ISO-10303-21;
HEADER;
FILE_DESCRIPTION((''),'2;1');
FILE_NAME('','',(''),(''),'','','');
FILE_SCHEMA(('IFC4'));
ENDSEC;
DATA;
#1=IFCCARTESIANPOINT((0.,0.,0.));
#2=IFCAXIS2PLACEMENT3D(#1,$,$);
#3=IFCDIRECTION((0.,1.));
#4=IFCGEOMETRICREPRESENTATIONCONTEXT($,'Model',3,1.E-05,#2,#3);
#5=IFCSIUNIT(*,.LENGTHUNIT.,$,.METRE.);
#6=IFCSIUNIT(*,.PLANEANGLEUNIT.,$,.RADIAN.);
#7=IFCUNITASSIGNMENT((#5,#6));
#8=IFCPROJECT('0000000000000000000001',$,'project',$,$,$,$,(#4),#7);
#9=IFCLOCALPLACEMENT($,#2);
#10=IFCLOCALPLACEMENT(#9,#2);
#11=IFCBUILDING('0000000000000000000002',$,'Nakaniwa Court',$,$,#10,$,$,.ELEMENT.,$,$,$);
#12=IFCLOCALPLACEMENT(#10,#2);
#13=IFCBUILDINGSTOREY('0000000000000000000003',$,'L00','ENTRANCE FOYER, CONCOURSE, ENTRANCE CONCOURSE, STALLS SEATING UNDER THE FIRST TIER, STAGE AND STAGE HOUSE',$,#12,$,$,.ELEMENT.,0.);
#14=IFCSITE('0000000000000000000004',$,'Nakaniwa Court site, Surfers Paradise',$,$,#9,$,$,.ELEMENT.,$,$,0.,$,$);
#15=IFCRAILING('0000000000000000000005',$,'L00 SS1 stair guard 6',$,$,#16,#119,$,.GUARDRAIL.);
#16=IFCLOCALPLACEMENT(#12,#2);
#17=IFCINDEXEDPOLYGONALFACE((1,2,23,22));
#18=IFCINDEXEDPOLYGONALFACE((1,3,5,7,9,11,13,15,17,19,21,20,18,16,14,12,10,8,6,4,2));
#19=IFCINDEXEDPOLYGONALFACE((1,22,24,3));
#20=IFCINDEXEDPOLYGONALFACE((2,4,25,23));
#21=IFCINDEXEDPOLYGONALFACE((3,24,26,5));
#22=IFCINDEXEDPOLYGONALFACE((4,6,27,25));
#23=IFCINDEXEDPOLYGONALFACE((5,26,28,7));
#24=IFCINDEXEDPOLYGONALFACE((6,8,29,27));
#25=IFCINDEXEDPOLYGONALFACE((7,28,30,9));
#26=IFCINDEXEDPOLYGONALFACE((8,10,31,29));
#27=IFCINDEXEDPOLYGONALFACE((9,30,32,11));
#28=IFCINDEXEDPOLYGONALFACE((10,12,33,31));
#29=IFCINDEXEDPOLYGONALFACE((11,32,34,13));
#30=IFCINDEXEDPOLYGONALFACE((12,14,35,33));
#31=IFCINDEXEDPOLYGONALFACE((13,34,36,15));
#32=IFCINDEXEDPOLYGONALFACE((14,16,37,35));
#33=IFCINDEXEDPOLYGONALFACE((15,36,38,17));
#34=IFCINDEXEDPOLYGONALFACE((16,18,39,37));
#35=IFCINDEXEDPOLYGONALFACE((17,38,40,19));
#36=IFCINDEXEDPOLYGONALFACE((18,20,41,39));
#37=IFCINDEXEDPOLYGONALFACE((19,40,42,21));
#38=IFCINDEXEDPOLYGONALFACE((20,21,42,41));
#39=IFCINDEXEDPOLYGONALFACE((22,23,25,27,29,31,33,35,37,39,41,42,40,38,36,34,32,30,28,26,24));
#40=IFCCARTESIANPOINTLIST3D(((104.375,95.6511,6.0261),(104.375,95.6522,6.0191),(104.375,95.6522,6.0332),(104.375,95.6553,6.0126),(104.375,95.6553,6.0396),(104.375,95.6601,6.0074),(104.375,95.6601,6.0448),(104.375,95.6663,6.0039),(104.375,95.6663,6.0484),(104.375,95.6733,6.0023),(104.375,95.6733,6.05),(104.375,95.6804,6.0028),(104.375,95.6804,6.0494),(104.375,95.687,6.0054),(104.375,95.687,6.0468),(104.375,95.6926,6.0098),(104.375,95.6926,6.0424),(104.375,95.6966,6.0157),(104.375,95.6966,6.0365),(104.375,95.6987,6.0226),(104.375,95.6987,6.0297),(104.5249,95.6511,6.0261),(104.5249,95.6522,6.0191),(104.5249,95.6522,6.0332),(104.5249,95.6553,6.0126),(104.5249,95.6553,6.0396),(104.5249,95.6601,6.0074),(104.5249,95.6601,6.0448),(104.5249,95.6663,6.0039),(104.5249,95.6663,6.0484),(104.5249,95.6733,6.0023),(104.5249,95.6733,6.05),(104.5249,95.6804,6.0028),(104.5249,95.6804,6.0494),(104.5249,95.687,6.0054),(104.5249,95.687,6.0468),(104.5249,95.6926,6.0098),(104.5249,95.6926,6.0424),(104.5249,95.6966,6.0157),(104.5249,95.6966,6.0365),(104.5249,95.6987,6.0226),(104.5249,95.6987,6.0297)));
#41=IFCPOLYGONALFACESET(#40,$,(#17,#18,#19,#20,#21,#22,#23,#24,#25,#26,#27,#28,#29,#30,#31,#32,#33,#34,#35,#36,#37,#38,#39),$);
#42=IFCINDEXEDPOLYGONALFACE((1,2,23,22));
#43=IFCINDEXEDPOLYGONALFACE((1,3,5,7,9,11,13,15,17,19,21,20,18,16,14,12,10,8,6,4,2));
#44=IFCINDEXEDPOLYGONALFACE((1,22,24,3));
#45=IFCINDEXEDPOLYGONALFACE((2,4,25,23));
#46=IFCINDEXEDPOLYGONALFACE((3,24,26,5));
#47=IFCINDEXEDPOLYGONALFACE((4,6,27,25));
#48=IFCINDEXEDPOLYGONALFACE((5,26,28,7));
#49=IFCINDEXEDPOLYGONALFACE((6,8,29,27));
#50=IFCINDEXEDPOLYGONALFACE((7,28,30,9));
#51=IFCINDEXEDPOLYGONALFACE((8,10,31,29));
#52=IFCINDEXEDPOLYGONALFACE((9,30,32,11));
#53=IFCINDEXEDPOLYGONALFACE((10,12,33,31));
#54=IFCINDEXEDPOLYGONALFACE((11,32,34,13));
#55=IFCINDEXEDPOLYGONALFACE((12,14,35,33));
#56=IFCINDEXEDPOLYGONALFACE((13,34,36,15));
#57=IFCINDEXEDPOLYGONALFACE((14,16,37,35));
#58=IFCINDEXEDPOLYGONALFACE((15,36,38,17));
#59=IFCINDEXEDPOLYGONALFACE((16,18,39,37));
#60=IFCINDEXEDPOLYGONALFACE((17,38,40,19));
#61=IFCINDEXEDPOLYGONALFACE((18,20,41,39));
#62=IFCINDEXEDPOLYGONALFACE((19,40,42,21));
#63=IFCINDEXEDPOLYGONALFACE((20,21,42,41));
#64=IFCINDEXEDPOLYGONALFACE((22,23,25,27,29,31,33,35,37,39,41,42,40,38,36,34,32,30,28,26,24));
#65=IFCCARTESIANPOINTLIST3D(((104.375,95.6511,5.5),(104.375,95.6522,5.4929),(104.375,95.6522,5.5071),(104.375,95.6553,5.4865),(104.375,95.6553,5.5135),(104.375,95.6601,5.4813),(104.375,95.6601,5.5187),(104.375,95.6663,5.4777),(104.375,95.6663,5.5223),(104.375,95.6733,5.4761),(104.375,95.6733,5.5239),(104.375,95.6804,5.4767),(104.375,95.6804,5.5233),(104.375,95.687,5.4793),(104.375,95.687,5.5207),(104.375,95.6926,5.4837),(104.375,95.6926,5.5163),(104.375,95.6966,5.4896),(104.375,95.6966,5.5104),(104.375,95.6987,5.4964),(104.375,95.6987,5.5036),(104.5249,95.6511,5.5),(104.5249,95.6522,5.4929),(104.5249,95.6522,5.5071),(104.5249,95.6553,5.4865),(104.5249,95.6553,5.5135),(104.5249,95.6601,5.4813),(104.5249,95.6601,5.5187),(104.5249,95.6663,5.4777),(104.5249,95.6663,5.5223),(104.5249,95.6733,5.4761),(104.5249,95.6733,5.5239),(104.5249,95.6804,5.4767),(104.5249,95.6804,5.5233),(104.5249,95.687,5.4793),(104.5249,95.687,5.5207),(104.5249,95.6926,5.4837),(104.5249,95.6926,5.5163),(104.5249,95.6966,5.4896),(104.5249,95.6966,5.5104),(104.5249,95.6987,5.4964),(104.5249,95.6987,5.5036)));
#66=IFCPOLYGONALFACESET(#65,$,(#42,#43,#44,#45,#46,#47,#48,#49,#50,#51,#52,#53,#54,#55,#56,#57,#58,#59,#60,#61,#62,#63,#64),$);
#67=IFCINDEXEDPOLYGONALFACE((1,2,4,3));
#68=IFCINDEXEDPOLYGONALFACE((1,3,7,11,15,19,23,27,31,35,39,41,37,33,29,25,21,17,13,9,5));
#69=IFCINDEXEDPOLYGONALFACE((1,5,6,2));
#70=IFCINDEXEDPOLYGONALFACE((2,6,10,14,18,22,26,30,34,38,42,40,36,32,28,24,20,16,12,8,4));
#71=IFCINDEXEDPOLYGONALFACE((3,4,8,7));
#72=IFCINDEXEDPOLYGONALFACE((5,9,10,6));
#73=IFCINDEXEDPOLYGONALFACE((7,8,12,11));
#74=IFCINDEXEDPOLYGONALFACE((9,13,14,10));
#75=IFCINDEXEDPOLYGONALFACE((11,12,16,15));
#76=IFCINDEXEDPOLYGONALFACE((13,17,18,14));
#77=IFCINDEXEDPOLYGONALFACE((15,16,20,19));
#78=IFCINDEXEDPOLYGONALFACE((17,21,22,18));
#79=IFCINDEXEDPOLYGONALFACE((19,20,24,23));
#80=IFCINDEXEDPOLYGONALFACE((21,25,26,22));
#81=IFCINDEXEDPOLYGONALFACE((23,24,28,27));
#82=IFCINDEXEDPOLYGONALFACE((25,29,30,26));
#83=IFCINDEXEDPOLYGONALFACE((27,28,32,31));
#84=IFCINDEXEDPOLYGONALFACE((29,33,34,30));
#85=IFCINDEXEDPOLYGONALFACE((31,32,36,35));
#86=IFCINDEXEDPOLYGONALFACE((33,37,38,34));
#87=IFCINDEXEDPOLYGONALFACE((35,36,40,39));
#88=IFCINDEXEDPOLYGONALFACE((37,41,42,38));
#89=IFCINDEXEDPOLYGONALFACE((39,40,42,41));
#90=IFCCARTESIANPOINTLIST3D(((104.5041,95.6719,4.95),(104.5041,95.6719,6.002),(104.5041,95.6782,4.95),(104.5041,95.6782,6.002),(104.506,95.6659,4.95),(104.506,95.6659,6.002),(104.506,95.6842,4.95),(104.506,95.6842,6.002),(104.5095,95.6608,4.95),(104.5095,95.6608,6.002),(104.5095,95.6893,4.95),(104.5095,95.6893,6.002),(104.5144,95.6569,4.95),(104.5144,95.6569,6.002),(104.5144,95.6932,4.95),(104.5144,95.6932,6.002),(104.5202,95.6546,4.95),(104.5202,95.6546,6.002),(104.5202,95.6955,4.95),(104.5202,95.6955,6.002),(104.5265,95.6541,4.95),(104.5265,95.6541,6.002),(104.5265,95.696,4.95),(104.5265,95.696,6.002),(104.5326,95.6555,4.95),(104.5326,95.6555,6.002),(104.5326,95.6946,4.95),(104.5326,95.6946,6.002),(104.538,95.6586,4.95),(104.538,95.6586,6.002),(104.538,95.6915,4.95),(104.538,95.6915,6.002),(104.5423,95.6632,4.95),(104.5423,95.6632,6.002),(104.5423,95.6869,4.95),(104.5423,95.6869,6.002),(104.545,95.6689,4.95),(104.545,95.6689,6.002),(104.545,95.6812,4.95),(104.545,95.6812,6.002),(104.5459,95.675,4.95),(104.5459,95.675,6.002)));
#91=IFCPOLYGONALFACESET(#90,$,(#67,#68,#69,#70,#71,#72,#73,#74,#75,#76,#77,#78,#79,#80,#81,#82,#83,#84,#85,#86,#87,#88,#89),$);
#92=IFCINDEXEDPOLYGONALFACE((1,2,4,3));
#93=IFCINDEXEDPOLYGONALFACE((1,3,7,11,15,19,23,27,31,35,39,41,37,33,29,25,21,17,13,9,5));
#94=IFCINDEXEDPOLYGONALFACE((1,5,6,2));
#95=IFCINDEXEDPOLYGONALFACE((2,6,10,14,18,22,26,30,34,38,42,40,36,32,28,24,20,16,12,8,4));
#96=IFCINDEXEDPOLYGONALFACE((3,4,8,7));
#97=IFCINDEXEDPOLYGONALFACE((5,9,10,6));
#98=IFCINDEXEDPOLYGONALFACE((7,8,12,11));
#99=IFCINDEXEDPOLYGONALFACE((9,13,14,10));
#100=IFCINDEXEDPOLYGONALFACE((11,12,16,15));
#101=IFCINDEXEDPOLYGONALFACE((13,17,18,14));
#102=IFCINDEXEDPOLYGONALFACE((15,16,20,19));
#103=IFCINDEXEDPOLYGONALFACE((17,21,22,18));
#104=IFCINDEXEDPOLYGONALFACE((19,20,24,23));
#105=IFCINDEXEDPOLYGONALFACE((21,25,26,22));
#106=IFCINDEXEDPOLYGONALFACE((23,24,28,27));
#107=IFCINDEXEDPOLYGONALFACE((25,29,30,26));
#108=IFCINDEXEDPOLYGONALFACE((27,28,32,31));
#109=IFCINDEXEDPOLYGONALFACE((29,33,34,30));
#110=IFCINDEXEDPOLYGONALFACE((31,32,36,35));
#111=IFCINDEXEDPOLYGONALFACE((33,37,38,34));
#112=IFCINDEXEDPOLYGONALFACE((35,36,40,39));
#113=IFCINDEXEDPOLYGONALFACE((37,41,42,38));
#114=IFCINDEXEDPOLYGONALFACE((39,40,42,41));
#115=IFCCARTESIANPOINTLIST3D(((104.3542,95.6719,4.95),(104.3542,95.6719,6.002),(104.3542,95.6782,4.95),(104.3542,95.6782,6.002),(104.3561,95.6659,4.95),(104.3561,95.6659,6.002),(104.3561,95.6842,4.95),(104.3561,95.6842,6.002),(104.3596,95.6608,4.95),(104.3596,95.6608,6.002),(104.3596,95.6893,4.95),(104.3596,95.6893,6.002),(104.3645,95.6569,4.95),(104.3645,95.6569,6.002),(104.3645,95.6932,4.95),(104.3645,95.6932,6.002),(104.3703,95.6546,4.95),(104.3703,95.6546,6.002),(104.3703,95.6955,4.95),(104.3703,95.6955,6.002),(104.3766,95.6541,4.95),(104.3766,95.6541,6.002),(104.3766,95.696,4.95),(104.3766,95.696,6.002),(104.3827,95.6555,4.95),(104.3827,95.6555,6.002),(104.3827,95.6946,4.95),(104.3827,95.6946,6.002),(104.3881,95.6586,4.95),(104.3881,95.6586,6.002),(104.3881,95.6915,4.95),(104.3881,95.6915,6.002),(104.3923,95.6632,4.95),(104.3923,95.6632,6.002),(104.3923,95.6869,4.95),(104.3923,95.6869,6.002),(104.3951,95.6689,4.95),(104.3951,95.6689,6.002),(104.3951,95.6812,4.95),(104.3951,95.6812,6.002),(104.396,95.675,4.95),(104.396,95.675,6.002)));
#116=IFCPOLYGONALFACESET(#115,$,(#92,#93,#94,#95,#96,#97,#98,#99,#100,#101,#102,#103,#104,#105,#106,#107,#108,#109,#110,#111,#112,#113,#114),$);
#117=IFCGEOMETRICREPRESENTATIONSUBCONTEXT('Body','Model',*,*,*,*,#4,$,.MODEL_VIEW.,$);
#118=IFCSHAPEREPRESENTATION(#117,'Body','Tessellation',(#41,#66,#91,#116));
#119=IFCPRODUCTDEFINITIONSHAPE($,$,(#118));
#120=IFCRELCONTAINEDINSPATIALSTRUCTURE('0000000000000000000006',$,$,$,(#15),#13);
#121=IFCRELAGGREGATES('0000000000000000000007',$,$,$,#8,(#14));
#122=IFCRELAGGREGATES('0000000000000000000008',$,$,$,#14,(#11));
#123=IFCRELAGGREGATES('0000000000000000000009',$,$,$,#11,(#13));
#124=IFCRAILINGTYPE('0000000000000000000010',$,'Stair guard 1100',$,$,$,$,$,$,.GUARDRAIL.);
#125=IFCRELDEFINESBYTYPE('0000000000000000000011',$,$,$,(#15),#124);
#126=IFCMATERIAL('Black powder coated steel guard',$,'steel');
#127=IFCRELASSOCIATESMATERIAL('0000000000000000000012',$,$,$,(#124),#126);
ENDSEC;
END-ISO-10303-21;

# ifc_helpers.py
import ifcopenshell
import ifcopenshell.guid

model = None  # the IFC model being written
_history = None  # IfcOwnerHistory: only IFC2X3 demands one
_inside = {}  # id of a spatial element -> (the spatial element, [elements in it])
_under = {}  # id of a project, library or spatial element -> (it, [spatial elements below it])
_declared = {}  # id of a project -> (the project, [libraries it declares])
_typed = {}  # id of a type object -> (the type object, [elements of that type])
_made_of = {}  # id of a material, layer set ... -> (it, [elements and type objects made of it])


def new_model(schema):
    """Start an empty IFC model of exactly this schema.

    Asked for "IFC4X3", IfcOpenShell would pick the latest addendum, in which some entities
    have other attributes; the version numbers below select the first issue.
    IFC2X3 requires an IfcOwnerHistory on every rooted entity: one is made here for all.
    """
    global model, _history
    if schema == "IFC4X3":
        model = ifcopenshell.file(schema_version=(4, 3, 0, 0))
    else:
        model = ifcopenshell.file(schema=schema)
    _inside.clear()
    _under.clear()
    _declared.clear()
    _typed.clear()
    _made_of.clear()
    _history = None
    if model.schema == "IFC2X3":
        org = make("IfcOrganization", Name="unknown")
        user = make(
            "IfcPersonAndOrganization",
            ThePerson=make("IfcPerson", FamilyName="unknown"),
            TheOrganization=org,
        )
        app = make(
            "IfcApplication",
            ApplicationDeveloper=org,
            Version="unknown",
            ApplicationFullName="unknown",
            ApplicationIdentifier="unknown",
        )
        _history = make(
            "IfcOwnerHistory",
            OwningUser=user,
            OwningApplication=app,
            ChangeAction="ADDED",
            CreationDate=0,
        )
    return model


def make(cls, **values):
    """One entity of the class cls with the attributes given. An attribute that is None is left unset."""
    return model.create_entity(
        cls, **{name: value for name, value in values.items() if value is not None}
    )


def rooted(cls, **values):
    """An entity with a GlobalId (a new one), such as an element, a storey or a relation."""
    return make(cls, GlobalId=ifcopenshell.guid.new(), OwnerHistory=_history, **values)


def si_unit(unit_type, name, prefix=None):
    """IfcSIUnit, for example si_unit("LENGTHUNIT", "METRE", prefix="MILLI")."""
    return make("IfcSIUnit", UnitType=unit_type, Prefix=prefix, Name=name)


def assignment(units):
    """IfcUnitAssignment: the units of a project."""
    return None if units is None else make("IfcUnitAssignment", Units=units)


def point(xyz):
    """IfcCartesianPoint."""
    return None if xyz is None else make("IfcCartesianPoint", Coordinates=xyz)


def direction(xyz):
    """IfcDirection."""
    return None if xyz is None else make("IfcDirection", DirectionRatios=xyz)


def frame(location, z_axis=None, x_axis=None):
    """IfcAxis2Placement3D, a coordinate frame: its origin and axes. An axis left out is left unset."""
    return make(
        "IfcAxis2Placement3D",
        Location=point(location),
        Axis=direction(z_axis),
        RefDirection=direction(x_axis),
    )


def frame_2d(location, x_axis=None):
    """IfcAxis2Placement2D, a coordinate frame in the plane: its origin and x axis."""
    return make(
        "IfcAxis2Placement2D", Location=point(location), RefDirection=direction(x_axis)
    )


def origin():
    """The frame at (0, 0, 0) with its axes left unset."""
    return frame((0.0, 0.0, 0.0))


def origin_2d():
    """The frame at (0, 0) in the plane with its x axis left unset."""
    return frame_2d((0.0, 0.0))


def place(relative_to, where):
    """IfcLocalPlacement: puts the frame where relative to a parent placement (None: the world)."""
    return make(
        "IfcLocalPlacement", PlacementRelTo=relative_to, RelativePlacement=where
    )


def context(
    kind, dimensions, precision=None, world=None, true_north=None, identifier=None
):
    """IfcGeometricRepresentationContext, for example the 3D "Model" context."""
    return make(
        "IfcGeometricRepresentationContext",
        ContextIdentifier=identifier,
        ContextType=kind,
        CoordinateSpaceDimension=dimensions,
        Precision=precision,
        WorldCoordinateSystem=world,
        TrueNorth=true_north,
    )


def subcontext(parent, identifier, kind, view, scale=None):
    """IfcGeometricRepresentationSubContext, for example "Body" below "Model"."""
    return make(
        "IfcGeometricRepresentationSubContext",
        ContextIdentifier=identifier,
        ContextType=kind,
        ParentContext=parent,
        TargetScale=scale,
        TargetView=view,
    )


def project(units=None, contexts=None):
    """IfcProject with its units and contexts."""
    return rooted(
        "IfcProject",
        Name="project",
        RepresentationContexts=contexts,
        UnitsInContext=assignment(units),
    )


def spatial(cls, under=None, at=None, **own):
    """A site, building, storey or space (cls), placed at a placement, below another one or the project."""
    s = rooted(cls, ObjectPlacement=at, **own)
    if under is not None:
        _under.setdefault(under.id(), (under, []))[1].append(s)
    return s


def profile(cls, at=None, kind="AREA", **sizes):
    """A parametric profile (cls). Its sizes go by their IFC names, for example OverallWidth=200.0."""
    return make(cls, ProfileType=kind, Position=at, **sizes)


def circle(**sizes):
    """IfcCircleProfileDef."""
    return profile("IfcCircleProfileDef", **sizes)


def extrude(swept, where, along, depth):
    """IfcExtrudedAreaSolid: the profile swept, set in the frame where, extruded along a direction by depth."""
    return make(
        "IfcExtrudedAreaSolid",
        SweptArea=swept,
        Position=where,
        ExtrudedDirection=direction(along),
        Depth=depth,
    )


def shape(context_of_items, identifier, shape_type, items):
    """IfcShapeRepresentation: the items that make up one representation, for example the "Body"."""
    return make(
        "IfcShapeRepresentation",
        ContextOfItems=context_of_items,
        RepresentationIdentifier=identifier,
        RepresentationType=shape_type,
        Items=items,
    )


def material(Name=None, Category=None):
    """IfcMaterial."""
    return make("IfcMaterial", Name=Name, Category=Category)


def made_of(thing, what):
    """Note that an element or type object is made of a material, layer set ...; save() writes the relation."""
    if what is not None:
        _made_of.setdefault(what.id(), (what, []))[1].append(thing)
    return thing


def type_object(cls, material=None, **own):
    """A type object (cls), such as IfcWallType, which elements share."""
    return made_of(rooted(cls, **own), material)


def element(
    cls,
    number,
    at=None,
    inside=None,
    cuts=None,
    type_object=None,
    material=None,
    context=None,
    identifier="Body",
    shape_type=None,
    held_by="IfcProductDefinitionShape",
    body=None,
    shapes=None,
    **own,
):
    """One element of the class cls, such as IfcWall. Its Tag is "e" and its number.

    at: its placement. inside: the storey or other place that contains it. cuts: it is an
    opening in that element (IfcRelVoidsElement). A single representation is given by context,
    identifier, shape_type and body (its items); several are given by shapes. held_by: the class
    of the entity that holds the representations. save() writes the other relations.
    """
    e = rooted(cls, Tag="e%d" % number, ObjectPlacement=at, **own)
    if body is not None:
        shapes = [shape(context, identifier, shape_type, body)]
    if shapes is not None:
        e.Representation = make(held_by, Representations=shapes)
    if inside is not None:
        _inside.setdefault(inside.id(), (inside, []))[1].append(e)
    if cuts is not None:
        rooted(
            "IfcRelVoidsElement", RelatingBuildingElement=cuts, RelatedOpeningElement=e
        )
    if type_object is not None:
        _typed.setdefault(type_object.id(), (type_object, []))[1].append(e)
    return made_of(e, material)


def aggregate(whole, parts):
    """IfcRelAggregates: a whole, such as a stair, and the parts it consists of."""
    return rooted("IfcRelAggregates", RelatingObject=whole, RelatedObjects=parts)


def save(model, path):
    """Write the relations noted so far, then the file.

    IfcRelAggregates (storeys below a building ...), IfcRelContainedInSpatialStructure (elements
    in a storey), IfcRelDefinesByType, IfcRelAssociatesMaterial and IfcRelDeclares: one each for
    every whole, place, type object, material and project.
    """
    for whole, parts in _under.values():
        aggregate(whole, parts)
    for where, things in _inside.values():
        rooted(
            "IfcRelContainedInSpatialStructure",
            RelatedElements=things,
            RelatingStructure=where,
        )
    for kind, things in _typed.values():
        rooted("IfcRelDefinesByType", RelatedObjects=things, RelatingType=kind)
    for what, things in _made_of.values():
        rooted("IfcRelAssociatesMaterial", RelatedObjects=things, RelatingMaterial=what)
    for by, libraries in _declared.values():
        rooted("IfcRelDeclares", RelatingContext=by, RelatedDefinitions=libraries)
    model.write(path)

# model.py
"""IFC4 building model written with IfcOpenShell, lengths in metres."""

from ifc_helpers import new_model, si_unit, direction, frame, origin, origin_2d, place, context, subcontext, project, spatial, circle, extrude, material, type_object, element, save


model = new_model("IFC4")

# Units and contexts
model_context = context("Model", 3, precision=1e-05, world=origin(), true_north=direction((0.0, 1.0)))
body_context = subcontext(model_context, "Body", "Model", "MODEL_VIEW")
ifc_project = project(units=[si_unit("LENGTHUNIT", "METRE"), si_unit("PLANEANGLEUNIT", "RADIAN")], contexts=[model_context])

# Site, building, storey
site_placement = place(None, origin())
site = spatial("IfcSite", under=ifc_project, at=site_placement, Name="Nakaniwa Court site, Surfers Paradise", CompositionType="ELEMENT", RefElevation=0.0)
building_placement = place(site_placement, origin())
building = spatial("IfcBuilding", under=site, at=building_placement, Name="Nakaniwa Court", CompositionType="ELEMENT")
storey_placement = place(building_placement, origin())
storey = spatial("IfcBuildingStorey", under=building, at=storey_placement, Name="L00", Description="ENTRANCE FOYER, CONCOURSE, ENTRANCE CONCOURSE, STALLS SEATING UNDER THE FIRST TIER, STAGE AND STAGE HOUSE", CompositionType="ELEMENT", Elevation=0.0)

# Railing
ifc_material_1 = material(Name="Black powder coated steel guard", Category="steel")
railing_type = type_object("IfcRailingType", Name="Stair guard 1100", PredefinedType="GUARDRAIL", material=ifc_material_1)
railing_1_placement = place(storey_placement, frame((104.5249, 95.675, 4.95)))
element("IfcRailing", 1, at=railing_1_placement, inside=storey, type_object=railing_type, Name="L00 SS1 stair guard 6", PredefinedType="GUARDRAIL", context=body_context, shape_type="SweptSolid", body=[
    extrude(circle(Radius=0.0239, at=origin_2d()), frame((0.0, 0.0, 1.0762), z_axis=(-1.0, 0.0, 0.0), x_axis=(0.0, -1.0, 0.0)), (0.0, 0.0, 1.0), 0.1499),
    extrude(circle(Radius=0.0239, at=origin_2d()), frame((0.0, 0.0, 0.55), z_axis=(-1.0, 0.0, 0.0), x_axis=(0.0, -1.0, 0.0)), (0.0, 0.0, 1.0), 0.1499),
    extrude(circle(Radius=0.021, at=origin_2d()), origin(), (0.0, 0.0, 1.0), 1.052),
    extrude(circle(Radius=0.021, at=origin_2d()), frame((-0.1499, 0.0, 0.0)), (0.0, 0.0, 1.0), 1.052),
])

save(model, "model.ifc")
